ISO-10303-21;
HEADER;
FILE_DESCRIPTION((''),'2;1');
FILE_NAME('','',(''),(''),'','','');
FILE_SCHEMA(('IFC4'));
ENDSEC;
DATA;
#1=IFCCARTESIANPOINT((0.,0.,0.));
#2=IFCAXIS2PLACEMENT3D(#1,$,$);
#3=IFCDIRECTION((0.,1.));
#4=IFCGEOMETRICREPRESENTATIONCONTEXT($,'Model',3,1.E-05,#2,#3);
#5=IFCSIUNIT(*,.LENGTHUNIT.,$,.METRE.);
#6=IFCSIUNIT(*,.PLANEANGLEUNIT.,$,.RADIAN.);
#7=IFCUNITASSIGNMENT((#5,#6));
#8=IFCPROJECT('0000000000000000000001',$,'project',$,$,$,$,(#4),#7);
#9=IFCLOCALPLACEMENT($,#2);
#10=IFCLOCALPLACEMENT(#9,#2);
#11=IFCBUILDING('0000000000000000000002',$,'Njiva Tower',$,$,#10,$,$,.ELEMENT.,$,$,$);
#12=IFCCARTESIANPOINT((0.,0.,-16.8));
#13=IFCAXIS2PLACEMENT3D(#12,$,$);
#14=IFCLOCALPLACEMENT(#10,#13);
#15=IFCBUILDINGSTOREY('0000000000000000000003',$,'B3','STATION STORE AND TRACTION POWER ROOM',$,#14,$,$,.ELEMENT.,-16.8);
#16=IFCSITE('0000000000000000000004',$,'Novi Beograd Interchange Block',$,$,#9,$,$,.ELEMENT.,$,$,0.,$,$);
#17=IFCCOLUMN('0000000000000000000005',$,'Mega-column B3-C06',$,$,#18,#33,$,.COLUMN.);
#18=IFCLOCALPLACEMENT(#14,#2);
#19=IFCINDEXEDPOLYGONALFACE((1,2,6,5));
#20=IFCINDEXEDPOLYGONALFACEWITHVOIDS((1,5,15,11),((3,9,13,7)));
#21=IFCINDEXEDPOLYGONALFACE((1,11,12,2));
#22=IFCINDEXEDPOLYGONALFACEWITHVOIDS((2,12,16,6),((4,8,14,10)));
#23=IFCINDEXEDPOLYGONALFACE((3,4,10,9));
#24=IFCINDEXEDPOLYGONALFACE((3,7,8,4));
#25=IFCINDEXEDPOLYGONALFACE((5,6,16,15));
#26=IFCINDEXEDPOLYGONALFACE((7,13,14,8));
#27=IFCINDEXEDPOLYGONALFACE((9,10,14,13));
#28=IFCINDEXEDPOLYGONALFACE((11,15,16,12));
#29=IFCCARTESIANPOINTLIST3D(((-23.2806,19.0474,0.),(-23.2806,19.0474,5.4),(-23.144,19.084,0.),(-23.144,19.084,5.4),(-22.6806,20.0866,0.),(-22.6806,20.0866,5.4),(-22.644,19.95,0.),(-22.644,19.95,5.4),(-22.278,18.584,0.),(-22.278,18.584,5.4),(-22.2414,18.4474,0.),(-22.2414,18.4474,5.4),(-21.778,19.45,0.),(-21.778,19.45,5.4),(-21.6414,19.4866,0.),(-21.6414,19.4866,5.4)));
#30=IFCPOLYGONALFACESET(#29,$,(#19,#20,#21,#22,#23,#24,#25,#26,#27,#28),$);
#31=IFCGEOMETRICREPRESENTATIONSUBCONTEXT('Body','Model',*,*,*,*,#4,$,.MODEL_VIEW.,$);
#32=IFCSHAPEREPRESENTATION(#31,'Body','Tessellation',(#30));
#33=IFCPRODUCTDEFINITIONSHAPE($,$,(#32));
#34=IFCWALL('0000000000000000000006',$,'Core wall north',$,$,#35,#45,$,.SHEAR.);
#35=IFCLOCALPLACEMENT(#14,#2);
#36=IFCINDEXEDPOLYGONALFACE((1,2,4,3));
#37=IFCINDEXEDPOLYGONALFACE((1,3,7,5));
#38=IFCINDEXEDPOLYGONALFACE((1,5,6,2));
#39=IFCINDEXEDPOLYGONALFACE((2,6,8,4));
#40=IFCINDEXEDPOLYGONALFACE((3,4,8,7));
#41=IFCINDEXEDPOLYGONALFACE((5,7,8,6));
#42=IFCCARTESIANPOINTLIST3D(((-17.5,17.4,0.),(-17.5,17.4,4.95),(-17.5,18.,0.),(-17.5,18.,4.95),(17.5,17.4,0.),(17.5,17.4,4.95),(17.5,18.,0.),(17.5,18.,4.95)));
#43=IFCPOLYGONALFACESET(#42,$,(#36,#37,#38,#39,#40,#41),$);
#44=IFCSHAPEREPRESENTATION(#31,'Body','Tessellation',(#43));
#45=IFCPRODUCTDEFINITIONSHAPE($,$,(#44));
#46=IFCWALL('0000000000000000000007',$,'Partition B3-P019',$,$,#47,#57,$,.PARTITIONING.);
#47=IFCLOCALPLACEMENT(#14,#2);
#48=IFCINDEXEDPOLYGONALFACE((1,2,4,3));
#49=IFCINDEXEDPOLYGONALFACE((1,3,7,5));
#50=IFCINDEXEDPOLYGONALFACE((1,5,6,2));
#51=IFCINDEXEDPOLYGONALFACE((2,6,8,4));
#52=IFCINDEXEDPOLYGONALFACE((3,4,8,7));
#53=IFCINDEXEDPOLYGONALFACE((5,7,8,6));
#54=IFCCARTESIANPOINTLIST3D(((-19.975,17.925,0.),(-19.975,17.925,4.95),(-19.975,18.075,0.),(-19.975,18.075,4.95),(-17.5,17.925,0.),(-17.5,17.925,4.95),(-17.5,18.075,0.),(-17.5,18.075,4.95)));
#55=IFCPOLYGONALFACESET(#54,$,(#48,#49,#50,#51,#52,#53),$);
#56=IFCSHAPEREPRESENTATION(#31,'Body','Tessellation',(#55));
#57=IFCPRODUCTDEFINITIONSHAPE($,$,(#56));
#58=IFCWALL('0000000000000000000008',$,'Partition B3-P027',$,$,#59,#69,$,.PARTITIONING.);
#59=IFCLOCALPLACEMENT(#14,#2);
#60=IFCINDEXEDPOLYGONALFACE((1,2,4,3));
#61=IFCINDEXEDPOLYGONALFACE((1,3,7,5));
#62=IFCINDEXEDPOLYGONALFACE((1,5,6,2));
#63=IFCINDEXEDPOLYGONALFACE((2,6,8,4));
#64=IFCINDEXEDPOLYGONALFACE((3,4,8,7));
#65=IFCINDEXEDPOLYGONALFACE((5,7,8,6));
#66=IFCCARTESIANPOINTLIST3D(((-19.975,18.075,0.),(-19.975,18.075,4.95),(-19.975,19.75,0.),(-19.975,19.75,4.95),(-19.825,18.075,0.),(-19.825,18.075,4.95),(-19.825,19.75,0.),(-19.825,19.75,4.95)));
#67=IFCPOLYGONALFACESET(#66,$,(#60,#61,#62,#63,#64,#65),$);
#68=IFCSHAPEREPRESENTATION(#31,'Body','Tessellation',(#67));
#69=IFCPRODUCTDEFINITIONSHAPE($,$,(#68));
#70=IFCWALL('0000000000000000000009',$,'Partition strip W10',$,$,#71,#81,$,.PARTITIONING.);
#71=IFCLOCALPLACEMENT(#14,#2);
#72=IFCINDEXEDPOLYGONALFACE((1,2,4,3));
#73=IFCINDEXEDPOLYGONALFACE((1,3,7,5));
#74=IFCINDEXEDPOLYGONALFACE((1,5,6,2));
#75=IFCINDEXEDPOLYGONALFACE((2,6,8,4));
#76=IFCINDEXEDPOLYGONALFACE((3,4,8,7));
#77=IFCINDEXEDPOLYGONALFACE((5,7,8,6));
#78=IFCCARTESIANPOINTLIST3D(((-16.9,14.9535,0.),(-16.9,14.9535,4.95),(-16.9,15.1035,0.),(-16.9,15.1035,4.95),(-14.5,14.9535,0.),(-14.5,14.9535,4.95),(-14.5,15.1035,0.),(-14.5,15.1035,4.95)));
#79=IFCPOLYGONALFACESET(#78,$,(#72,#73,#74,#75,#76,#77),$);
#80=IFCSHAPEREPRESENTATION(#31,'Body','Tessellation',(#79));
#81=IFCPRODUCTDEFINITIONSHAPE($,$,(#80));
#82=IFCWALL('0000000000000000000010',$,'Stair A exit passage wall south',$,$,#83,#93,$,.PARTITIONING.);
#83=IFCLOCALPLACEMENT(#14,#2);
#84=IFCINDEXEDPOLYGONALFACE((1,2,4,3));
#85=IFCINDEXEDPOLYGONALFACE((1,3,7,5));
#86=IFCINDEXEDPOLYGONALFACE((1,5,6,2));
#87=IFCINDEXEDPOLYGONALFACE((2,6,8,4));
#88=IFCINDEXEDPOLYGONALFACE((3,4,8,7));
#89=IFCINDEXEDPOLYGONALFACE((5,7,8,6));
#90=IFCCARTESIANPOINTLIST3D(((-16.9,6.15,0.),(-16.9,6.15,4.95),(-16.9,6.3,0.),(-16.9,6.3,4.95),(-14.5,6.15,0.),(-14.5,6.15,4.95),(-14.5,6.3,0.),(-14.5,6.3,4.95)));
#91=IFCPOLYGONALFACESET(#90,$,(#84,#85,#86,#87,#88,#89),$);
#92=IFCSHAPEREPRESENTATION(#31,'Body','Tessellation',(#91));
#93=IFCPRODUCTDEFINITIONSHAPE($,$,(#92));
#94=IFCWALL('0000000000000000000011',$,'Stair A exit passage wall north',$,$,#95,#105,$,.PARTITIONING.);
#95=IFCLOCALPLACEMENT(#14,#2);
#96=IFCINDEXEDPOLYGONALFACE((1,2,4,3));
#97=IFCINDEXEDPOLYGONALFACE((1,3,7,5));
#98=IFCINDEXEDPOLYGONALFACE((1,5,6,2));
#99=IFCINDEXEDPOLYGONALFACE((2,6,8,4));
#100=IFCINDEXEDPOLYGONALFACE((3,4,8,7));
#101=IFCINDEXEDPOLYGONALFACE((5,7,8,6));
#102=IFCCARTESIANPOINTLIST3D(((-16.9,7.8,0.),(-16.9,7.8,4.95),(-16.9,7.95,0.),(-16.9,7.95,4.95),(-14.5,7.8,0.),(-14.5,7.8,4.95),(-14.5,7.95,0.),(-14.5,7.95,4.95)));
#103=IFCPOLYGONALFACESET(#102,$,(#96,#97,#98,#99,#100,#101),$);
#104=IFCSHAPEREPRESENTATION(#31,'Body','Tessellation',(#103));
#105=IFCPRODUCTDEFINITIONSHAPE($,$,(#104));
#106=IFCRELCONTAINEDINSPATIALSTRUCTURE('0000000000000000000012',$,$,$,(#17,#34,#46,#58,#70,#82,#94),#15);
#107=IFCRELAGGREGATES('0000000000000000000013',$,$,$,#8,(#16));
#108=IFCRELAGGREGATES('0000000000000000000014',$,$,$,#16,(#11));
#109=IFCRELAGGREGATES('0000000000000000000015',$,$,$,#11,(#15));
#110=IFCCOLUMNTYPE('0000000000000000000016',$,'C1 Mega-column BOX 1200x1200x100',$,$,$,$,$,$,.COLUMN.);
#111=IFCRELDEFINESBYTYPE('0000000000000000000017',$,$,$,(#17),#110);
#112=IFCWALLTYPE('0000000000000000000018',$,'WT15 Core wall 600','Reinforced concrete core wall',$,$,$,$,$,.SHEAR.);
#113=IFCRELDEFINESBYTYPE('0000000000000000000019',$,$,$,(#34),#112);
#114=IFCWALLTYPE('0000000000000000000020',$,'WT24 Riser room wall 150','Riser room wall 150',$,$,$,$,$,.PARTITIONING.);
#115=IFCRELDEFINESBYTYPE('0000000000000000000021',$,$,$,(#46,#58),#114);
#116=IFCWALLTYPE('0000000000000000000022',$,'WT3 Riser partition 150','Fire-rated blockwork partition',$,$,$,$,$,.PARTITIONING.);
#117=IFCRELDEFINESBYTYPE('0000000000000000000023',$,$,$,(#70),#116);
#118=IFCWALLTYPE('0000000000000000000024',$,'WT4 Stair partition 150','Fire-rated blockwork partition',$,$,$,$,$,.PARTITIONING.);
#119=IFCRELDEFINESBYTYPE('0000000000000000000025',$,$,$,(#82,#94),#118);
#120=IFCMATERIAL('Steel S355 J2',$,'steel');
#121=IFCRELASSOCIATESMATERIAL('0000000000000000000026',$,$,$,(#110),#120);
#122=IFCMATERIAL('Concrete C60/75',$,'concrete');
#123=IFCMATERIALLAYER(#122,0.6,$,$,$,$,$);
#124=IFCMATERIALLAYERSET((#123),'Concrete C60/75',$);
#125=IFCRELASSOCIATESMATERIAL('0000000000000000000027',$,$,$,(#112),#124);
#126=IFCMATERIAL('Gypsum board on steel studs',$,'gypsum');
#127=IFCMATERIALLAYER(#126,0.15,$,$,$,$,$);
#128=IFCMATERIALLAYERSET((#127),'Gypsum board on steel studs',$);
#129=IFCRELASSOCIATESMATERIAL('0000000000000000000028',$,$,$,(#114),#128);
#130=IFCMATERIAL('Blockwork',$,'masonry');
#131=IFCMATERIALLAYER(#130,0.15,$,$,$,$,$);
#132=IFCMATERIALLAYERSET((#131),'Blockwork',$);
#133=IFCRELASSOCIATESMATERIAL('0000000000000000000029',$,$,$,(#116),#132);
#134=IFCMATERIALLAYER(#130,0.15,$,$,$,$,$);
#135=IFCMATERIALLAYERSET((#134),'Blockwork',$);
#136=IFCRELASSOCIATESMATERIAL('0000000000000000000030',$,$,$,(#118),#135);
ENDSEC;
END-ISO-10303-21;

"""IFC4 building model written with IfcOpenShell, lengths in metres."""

from ifc_helpers import new_model, si_unit, direction, frame, frame_2d, origin, origin_2d, place, context, subcontext, project, spatial, rectangle, hollow_rectangle, extrude, material, layer, layer_set, material_profile, profile_set, type_object, element, save


model = new_model("IFC4")

# Units and contexts
model_context = context("Model", 3, precision=1e-05, world=origin(), true_north=direction((0.0, 1.0)))
body_context = subcontext(model_context, "Body", "Model", "MODEL_VIEW")
ifc_project = project(units=[si_unit("LENGTHUNIT", "METRE"), si_unit("PLANEANGLEUNIT", "RADIAN")], contexts=[model_context])

# Site, building, storey
site_placement = place(None, origin())
site = spatial("IfcSite", under=ifc_project, at=site_placement, Name="Novi Beograd Interchange Block", CompositionType="ELEMENT", RefElevation=0.0)
building_placement = place(site_placement, origin())
building = spatial("IfcBuilding", under=site, at=building_placement, Name="Njiva Tower", CompositionType="ELEMENT")
storey_placement = place(building_placement, frame((0.0, 0.0, -16.8)))
storey = spatial("IfcBuildingStorey", under=building, at=storey_placement, Name="B3", Description="STATION STORE AND TRACTION POWER ROOM", CompositionType="ELEMENT", Elevation=-16.8)

# Column
ifc_material_1 = material(Name="Steel S355 J2", Category="steel")
ifc_material_profile_1 = material_profile(ifc_material_1, hollow_rectangle(XDim=1.2, YDim=1.2, WallThickness=0.1, at=origin_2d()), Name="BOX 1200x1200x100")
ifc_profile_set_1 = profile_set([ifc_material_profile_1], Name="Steel S355 J2")
column_type = type_object("IfcColumnType", Name="C1 Mega-column BOX 1200x1200x100", PredefinedType="COLUMN", material=ifc_profile_set_1)
column_placement = place(storey_placement, frame((-22.461, 19.267, 0.0), z_axis=(0.0, 0.0, 1.0), x_axis=(-0.5, -0.866025, 0.0)))
element("IfcColumn", 1, at=column_placement, inside=storey, type_object=column_type, Name="Mega-column B3-C06", PredefinedType="COLUMN", context=body_context, shape_type="SweptSolid", body=[
    extrude(hollow_rectangle(XDim=1.2, YDim=1.2, WallThickness=0.1, at=origin_2d()), origin(), (0.0, 0.0, 1.0), 5.4),
])

# Walls
ifc_material_2 = material(Name="Concrete C60/75", Category="concrete")
ifc_layer_1 = layer(ifc_material_2, 0.6)
ifc_layer_set_1 = layer_set([ifc_layer_1], Name="Concrete C60/75")
wall_type_1 = type_object("IfcWallType", Name="WT15 Core wall 600", Description="Reinforced concrete core wall", PredefinedType="SHEAR", material=ifc_layer_set_1)
wall_1_placement = place(storey_placement, frame((-17.5, 17.7, 0.0), z_axis=(0.0, 0.0, 1.0), x_axis=(1.0, 0.0, 0.0)))
element("IfcWall", 2, at=wall_1_placement, inside=storey, type_object=wall_type_1, Name="Core wall north", PredefinedType="SHEAR", context=body_context, shape_type="SweptSolid", body=[
    extrude(rectangle(XDim=35.0, YDim=0.6, at=frame_2d((17.5, 0.0))), origin(), (0.0, 0.0, 1.0), 4.95),
])
ifc_material_3 = material(Name="Gypsum board on steel studs", Category="gypsum")
ifc_layer_2 = layer(ifc_material_3, 0.15)
ifc_layer_set_2 = layer_set([ifc_layer_2], Name="Gypsum board on steel studs")
wall_type_2 = type_object("IfcWallType", Name="WT24 Riser room wall 150", Description="Riser room wall 150", PredefinedType="PARTITIONING", material=ifc_layer_set_2)
wall_2_placement = place(storey_placement, frame((-19.975, 18.0, 0.0), z_axis=(0.0, 0.0, 1.0), x_axis=(1.0, 0.0, 0.0)))
element("IfcWall", 3, at=wall_2_placement, inside=storey, type_object=wall_type_2, Name="Partition B3-P019", PredefinedType="PARTITIONING", context=body_context, shape_type="SweptSolid", body=[
    extrude(rectangle(XDim=2.475, YDim=0.15, at=frame_2d((1.2375, 0.0))), origin(), (0.0, 0.0, 1.0), 4.95),
])
wall_3_placement = place(storey_placement, frame((-19.9, 18.075, 0.0), z_axis=(0.0, 0.0, 1.0), x_axis=(0.0, 1.0, 0.0)))
element("IfcWall", 4, at=wall_3_placement, inside=storey, type_object=wall_type_2, Name="Partition B3-P027", PredefinedType="PARTITIONING", context=body_context, shape_type="SweptSolid", body=[
    extrude(rectangle(XDim=1.675, YDim=0.15, at=frame_2d((0.8375, 0.0))), origin(), (0.0, 0.0, 1.0), 4.95),
])
ifc_material_4 = material(Name="Blockwork", Category="masonry")
ifc_layer_3 = layer(ifc_material_4, 0.15)
ifc_layer_set_3 = layer_set([ifc_layer_3], Name="Blockwork")
wall_type_3 = type_object("IfcWallType", Name="WT3 Riser partition 150", Description="Fire-rated blockwork partition", PredefinedType="PARTITIONING", material=ifc_layer_set_3)
wall_4_placement = place(storey_placement, frame((-16.9, 15.0285, 0.0), z_axis=(0.0, 0.0, 1.0), x_axis=(1.0, 0.0, 0.0)))
element("IfcWall", 5, at=wall_4_placement, inside=storey, type_object=wall_type_3, Name="Partition strip W10", PredefinedType="PARTITIONING", context=body_context, shape_type="SweptSolid", body=[
    extrude(rectangle(XDim=2.4, YDim=0.15, at=frame_2d((1.2, 0.0))), origin(), (0.0, 0.0, 1.0), 4.95),
])
ifc_layer_4 = layer(ifc_material_4, 0.15)
ifc_layer_set_4 = layer_set([ifc_layer_4], Name="Blockwork")
wall_type_4 = type_object("IfcWallType", Name="WT4 Stair partition 150", Description="Fire-rated blockwork partition", PredefinedType="PARTITIONING", material=ifc_layer_set_4)
for number, where, z_axis, x_axis, name in (
    (6, (-16.9, 6.225, 0.0), (0.0, 0.0, 1.0), (1.0, 0.0, 0.0), "Stair A exit passage wall south"),
    (7, (-16.9, 7.875, 0.0), (0.0, 0.0, 1.0), (1.0, 0.0, 0.0), "Stair A exit passage wall north"),
):
    element("IfcWall", number, at=place(storey_placement, frame(where, z_axis=z_axis, x_axis=x_axis)), inside=storey, type_object=wall_type_4, Name=name, PredefinedType="PARTITIONING", context=body_context, shape_type="SweptSolid", body=[
        extrude(rectangle(XDim=2.4, YDim=0.15, at=frame_2d((1.2, 0.0))), origin(), (0.0, 0.0, 1.0), 4.95),
    ])

save(model, "model.ifc")
